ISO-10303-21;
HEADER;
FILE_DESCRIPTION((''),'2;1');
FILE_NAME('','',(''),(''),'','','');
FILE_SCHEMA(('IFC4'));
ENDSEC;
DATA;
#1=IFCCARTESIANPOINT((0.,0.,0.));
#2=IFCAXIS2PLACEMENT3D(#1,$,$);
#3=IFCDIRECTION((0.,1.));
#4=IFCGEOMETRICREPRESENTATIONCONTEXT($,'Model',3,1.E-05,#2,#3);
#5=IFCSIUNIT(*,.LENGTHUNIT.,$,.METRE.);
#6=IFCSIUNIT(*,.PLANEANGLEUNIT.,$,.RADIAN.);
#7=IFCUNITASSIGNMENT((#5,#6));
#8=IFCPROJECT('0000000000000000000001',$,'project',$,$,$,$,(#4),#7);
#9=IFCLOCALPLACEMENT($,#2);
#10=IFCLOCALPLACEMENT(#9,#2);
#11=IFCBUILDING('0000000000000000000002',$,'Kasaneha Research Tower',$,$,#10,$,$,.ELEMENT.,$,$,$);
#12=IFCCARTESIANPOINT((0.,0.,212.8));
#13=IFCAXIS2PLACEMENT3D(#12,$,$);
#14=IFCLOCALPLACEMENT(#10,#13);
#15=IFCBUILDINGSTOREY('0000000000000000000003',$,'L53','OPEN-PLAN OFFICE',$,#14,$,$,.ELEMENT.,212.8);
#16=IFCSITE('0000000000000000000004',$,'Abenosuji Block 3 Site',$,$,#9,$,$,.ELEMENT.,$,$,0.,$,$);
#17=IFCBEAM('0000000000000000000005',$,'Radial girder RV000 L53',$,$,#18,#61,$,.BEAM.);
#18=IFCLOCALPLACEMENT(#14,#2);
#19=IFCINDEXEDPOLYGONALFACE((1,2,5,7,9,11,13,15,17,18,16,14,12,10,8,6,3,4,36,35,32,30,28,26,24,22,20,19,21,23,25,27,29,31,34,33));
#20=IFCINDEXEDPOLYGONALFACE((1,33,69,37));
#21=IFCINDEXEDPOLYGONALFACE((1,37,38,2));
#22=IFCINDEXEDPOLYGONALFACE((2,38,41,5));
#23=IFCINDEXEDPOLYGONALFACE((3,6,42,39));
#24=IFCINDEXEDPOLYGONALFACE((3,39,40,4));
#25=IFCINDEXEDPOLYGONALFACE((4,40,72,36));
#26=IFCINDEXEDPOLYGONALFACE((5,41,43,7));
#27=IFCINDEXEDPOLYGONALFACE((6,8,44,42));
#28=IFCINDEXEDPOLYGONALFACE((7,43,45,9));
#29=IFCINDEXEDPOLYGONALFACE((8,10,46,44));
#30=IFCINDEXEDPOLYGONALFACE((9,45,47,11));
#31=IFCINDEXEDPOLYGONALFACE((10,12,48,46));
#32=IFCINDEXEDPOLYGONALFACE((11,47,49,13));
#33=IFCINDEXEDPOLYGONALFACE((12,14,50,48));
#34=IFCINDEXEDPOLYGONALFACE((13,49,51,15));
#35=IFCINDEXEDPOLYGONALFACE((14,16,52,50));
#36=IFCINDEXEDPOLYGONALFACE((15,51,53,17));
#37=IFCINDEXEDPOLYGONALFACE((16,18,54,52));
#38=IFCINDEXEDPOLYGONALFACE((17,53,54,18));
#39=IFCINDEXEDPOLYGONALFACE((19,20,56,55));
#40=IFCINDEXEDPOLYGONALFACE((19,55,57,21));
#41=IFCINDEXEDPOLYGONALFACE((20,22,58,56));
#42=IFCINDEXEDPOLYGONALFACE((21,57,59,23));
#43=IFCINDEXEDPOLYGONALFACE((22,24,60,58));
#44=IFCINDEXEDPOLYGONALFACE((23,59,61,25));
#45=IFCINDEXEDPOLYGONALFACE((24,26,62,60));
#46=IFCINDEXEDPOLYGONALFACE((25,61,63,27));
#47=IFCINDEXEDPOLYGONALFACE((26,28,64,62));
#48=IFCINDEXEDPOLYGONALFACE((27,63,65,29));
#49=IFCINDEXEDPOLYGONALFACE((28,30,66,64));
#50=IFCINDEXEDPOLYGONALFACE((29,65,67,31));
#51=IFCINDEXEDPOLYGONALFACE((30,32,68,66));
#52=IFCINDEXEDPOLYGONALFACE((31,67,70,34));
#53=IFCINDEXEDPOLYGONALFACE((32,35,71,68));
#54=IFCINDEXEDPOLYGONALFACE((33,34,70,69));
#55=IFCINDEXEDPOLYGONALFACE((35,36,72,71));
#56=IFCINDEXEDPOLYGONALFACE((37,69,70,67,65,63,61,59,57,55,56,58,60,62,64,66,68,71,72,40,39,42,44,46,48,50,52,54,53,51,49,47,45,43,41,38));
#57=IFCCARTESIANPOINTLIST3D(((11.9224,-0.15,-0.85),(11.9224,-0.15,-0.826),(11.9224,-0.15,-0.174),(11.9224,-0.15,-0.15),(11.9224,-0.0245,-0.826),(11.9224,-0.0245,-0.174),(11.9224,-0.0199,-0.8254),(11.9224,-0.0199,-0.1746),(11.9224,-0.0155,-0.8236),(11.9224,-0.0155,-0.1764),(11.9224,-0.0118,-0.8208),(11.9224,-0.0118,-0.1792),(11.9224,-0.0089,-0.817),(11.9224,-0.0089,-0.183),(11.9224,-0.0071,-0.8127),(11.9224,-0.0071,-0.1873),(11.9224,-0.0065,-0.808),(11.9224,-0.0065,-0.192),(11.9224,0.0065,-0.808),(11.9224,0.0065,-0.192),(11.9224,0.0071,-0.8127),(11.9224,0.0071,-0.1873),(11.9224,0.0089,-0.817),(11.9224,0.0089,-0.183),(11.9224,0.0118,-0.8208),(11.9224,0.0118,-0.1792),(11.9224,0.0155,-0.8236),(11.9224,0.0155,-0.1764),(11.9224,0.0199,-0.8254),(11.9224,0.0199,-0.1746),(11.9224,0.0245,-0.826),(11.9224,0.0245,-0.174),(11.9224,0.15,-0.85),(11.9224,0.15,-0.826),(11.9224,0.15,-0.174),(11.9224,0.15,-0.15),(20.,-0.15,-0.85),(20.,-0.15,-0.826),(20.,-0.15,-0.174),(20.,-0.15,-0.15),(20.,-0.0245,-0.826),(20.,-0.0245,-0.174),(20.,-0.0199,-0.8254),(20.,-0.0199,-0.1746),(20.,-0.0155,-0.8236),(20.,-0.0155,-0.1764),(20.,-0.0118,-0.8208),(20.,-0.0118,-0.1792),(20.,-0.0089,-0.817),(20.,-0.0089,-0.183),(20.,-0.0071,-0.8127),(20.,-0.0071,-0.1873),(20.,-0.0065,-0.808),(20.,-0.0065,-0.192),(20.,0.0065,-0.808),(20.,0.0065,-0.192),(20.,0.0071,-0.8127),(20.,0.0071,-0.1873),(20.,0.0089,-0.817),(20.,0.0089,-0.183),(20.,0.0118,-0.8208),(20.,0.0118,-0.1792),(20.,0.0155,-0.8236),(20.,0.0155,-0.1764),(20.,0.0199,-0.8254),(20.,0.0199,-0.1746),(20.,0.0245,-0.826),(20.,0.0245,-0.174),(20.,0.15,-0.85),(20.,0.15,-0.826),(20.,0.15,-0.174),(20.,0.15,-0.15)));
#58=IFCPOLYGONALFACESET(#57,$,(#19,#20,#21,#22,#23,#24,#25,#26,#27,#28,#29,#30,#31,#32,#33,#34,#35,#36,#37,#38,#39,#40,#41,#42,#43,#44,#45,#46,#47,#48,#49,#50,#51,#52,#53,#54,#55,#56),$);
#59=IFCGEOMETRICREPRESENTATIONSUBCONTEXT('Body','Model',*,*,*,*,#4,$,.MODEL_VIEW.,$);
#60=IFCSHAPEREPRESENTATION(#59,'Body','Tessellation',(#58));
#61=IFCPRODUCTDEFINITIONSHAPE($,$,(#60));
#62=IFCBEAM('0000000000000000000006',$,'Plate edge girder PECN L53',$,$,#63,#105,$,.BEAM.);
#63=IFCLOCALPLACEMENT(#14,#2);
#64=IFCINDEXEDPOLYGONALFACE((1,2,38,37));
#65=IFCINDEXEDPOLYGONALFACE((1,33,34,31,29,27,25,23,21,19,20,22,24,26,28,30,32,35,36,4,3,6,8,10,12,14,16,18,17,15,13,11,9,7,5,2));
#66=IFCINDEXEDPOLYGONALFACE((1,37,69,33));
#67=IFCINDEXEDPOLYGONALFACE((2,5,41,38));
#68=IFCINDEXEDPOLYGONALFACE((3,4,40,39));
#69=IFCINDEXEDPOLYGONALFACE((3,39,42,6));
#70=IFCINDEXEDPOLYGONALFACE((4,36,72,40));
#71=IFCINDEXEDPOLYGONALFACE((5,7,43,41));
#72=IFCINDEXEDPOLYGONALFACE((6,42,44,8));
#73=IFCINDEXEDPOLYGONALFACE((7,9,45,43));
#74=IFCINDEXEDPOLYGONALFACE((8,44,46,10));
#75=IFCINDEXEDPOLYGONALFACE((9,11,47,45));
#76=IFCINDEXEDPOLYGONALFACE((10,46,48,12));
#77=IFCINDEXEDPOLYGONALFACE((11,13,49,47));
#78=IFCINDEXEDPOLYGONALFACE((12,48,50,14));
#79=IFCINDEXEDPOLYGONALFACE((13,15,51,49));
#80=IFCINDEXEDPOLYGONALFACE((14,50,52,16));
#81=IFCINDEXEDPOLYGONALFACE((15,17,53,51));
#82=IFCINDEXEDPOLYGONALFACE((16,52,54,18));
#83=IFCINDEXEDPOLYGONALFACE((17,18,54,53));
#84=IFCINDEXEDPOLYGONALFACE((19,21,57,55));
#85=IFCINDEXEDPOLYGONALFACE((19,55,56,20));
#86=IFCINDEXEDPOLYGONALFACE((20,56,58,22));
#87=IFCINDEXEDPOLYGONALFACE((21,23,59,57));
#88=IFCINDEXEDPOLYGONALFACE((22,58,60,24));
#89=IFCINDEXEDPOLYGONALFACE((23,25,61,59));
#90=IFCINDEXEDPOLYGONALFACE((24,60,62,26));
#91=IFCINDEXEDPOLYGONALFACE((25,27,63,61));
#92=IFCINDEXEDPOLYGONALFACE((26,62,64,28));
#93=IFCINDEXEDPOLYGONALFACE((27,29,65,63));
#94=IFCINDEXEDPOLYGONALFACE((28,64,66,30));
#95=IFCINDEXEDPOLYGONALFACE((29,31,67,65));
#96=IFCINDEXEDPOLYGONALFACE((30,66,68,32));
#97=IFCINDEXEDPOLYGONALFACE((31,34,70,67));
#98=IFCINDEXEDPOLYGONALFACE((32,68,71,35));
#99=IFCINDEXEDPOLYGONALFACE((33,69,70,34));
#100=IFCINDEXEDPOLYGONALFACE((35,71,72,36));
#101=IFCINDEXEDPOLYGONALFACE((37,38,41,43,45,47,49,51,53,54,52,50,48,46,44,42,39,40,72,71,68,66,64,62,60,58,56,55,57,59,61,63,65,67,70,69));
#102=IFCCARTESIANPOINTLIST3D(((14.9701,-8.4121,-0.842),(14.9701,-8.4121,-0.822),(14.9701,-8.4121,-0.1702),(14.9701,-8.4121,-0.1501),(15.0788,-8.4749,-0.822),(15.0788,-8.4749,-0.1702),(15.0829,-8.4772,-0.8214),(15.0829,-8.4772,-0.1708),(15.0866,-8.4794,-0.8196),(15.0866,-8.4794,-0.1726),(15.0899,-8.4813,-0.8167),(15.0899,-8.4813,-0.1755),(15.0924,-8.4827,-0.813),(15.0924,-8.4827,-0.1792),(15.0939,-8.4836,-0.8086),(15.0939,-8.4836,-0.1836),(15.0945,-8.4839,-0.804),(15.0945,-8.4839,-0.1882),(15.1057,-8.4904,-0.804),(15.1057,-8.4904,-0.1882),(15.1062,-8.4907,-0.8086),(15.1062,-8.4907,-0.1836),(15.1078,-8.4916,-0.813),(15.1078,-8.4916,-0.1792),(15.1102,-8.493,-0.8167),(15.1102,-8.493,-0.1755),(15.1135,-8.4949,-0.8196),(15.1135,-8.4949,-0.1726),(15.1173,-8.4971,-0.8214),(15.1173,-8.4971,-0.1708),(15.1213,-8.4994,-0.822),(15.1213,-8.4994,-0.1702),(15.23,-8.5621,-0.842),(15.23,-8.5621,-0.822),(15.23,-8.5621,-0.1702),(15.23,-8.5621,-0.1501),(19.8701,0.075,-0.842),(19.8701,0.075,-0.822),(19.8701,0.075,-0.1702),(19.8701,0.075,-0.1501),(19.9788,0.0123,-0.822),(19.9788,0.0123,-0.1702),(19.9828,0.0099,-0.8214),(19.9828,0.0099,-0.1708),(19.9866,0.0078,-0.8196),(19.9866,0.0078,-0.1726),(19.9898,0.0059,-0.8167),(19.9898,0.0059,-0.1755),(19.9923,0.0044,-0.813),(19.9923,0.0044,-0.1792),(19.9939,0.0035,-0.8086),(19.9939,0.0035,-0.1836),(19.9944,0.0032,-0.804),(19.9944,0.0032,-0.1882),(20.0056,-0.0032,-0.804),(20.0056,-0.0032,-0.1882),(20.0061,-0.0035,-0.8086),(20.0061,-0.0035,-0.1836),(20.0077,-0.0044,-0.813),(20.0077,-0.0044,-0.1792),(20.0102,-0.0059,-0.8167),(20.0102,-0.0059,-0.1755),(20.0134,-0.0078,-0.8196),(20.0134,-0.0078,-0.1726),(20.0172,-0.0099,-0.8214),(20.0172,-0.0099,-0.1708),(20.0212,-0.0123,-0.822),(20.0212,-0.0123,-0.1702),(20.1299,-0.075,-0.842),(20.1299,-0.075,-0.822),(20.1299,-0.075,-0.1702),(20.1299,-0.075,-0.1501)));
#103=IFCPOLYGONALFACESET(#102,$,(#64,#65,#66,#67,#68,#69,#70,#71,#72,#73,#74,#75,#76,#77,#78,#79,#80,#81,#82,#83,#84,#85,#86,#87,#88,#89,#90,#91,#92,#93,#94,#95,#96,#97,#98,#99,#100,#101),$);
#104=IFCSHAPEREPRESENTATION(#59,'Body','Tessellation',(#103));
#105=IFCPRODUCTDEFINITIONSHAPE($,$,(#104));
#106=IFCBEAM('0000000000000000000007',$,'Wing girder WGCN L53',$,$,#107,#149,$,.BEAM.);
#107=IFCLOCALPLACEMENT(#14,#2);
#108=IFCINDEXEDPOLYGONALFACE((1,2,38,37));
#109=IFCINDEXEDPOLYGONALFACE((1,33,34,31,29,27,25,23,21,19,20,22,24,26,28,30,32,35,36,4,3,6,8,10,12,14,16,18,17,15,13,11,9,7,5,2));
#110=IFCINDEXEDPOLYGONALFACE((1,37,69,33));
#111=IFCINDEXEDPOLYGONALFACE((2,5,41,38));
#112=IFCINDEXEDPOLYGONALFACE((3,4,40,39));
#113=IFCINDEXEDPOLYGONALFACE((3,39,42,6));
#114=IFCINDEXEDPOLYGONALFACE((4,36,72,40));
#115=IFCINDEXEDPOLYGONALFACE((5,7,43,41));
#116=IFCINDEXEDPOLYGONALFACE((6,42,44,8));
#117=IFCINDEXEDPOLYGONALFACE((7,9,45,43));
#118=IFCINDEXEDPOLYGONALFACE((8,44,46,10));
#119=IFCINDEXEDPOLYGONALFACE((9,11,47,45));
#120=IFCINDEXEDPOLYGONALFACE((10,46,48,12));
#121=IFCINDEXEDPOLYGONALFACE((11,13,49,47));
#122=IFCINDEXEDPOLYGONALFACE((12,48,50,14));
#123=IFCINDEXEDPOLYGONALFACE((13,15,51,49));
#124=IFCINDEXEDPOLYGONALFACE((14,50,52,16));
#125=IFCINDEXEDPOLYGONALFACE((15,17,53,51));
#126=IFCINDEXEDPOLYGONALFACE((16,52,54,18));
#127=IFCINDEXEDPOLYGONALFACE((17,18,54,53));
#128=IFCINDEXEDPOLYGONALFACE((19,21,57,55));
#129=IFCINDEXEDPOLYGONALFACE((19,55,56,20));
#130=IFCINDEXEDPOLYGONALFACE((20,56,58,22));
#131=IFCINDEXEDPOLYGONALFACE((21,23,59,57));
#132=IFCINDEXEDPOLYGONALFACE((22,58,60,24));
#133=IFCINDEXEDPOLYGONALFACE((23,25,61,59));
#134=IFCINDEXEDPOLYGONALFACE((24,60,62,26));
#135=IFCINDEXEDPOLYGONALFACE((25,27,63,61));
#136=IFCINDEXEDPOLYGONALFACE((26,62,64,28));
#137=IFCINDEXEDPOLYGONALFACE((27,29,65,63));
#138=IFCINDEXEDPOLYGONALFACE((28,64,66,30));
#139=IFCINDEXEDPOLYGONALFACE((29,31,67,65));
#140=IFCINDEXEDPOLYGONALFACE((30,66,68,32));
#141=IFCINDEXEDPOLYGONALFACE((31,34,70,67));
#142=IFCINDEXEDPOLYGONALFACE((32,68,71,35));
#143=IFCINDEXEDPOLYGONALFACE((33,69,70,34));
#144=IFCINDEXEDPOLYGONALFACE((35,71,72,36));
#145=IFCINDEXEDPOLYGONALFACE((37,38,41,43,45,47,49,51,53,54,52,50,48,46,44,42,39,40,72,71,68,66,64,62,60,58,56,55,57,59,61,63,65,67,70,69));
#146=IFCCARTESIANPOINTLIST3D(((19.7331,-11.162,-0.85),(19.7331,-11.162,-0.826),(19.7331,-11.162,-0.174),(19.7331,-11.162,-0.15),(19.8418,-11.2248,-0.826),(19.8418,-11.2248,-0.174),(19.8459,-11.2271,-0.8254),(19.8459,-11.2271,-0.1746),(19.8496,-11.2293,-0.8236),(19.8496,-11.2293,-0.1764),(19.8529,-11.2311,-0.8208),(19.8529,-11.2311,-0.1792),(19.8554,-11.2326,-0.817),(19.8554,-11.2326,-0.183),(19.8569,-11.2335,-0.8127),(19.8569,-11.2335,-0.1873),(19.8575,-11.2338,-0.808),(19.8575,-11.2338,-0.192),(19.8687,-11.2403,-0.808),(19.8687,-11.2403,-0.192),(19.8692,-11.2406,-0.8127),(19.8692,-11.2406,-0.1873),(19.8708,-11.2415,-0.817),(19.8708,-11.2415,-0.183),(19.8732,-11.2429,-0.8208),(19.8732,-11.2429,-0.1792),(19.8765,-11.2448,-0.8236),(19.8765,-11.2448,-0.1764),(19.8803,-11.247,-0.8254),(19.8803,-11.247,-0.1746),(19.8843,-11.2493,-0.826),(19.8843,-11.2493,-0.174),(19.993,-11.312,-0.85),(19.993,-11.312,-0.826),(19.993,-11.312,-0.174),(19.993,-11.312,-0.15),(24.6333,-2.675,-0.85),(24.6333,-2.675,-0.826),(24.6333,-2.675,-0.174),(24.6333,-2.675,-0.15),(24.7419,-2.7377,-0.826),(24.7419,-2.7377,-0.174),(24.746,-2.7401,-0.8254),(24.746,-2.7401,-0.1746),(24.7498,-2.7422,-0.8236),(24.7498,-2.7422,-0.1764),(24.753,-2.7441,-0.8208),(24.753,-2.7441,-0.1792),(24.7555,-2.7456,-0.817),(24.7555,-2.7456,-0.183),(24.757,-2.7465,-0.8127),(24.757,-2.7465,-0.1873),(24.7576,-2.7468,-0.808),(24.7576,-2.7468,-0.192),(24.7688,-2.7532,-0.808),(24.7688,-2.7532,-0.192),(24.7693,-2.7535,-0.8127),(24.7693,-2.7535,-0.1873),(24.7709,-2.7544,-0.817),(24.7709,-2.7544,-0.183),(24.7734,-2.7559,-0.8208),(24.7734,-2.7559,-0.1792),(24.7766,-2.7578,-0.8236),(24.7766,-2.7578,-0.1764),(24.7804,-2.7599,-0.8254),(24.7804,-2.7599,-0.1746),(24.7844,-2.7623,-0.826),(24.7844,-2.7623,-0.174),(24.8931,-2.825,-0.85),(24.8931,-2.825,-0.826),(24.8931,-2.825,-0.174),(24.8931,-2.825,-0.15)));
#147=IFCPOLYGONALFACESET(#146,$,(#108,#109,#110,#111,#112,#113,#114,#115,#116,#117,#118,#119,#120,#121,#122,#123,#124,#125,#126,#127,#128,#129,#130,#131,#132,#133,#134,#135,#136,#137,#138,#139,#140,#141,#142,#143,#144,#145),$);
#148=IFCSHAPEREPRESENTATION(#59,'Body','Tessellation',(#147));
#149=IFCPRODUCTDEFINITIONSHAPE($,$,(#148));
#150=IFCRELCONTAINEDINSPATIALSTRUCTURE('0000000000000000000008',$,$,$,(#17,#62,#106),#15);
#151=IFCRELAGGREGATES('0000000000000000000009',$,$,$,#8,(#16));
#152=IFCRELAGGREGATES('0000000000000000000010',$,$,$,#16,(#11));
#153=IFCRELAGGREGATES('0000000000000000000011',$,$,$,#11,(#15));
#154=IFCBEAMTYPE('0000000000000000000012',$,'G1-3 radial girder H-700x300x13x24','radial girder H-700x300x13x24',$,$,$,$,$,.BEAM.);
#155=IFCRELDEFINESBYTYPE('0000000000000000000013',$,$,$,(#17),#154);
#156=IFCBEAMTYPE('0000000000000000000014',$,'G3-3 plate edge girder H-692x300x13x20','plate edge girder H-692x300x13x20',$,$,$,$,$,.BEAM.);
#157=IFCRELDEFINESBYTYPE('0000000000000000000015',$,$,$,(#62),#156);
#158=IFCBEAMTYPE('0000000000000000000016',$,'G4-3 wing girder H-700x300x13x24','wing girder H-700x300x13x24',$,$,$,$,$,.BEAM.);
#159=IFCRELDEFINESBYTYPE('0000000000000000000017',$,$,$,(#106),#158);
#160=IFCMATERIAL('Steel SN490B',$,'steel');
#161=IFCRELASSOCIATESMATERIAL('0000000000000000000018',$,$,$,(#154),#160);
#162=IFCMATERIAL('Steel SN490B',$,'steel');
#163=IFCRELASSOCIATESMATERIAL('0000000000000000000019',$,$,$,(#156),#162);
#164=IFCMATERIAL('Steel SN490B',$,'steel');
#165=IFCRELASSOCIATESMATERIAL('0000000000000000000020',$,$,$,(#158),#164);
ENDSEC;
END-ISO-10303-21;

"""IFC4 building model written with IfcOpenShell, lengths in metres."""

from ifc_helpers import new_model, si_unit, direction, frame, origin, origin_2d, place, context, subcontext, project, spatial, i_section, extrude, material, material_profile, profile_set, type_object, element, save


model = new_model("IFC4")

# Units and contexts
model_context = context("Model", 3, precision=1e-05, world=origin(), true_north=direction((0.0, 1.0)))
body_context = subcontext(model_context, "Body", "Model", "MODEL_VIEW")
ifc_project = project(units=[si_unit("LENGTHUNIT", "METRE"), si_unit("PLANEANGLEUNIT", "RADIAN")], contexts=[model_context])

# Site, building, storey
site_placement = place(None, origin())
site = spatial("IfcSite", under=ifc_project, at=site_placement, Name="Abenosuji Block 3 Site", CompositionType="ELEMENT", RefElevation=0.0)
building_placement = place(site_placement, origin())
building = spatial("IfcBuilding", under=site, at=building_placement, Name="Kasaneha Research Tower", CompositionType="ELEMENT")
storey_placement = place(building_placement, frame((0.0, 0.0, 212.8)))
storey = spatial("IfcBuildingStorey", under=building, at=storey_placement, Name="L53", Description="OPEN-PLAN OFFICE", CompositionType="ELEMENT", Elevation=212.8)

# Beams
ifc_material_1 = material(Name="Steel SN490B", Category="steel")
ifc_material_profile_1 = material_profile(ifc_material_1, i_section(OverallWidth=0.3, OverallDepth=0.7, WebThickness=0.0129, FlangeThickness=0.0239, FilletRadius=0.0181, at=origin_2d()), Name="H-700x300x13x24")
ifc_profile_set_1 = profile_set([ifc_material_profile_1], Name="Steel SN490B")
beam_type_1 = type_object("IfcBeamType", Name="G1-3 radial girder H-700x300x13x24", Description="radial girder H-700x300x13x24", PredefinedType="BEAM", material=ifc_profile_set_1)
beam_1_placement = place(storey_placement, frame((11.9224, 0.0, -0.5), z_axis=(1.0, 0.0, 0.0), x_axis=(0.0, 1.0, 0.0)))
element("IfcBeam", 1, at=beam_1_placement, inside=storey, type_object=beam_type_1, Name="Radial girder RV000 L53", PredefinedType="BEAM", context=body_context, shape_type="SweptSolid", body=[
    extrude(i_section(OverallWidth=0.3, OverallDepth=0.7, WebThickness=0.0129, FlangeThickness=0.0239, FilletRadius=0.0181, at=origin_2d()), origin(), (0.0, 0.0, 1.0), 8.0776),
])
ifc_material_2 = material(Name="Steel SN490B", Category="steel")
ifc_material_profile_2 = material_profile(ifc_material_2, i_section(OverallWidth=0.3, OverallDepth=0.6919, WebThickness=0.0129, FlangeThickness=0.02, FilletRadius=0.0181, at=origin_2d()), Name="H-692x300x13x20")
ifc_profile_set_2 = profile_set([ifc_material_profile_2], Name="Steel SN490B")
beam_type_2 = type_object("IfcBeamType", Name="G3-3 plate edge girder H-692x300x13x20", Description="plate edge girder H-692x300x13x20", PredefinedType="BEAM", material=ifc_profile_set_2)
beam_2_placement = place(storey_placement, frame((20.0, 0.0, -0.4961), z_axis=(-0.499992, -0.86603, 0.0), x_axis=(0.86603, -0.499992, 0.0)))
element("IfcBeam", 2, at=beam_2_placement, inside=storey, type_object=beam_type_2, Name="Plate edge girder PECN L53", PredefinedType="BEAM", context=body_context, shape_type="SweptSolid", body=[
    extrude(i_section(OverallWidth=0.3, OverallDepth=0.6919, WebThickness=0.0129, FlangeThickness=0.02, FilletRadius=0.0181, at=origin_2d()), origin(), (0.0, 0.0, 1.0), 9.8),
])
ifc_material_3 = material(Name="Steel SN490B", Category="steel")
ifc_material_profile_3 = material_profile(ifc_material_3, i_section(OverallWidth=0.3, OverallDepth=0.7, WebThickness=0.0129, FlangeThickness=0.0239, FilletRadius=0.0181, at=origin_2d()), Name="H-700x300x13x24")
ifc_profile_set_3 = profile_set([ifc_material_profile_3], Name="Steel SN490B")
beam_type_3 = type_object("IfcBeamType", Name="G4-3 wing girder H-700x300x13x24", Description="wing girder H-700x300x13x24", PredefinedType="BEAM", material=ifc_profile_set_3)
beam_3_placement = place(storey_placement, frame((24.7632, -2.75, -0.5), z_axis=(-0.500011, -0.866019, 0.0), x_axis=(0.866019, -0.500011, 0.0)))
element("IfcBeam", 3, at=beam_3_placement, inside=storey, type_object=beam_type_3, Name="Wing girder WGCN L53", PredefinedType="BEAM", context=body_context, shape_type="SweptSolid", body=[
    extrude(i_section(OverallWidth=0.3, OverallDepth=0.7, WebThickness=0.0129, FlangeThickness=0.0239, FilletRadius=0.0181, at=origin_2d()), origin(), (0.0, 0.0, 1.0), 9.8),
])

save(model, "model.ifc")
